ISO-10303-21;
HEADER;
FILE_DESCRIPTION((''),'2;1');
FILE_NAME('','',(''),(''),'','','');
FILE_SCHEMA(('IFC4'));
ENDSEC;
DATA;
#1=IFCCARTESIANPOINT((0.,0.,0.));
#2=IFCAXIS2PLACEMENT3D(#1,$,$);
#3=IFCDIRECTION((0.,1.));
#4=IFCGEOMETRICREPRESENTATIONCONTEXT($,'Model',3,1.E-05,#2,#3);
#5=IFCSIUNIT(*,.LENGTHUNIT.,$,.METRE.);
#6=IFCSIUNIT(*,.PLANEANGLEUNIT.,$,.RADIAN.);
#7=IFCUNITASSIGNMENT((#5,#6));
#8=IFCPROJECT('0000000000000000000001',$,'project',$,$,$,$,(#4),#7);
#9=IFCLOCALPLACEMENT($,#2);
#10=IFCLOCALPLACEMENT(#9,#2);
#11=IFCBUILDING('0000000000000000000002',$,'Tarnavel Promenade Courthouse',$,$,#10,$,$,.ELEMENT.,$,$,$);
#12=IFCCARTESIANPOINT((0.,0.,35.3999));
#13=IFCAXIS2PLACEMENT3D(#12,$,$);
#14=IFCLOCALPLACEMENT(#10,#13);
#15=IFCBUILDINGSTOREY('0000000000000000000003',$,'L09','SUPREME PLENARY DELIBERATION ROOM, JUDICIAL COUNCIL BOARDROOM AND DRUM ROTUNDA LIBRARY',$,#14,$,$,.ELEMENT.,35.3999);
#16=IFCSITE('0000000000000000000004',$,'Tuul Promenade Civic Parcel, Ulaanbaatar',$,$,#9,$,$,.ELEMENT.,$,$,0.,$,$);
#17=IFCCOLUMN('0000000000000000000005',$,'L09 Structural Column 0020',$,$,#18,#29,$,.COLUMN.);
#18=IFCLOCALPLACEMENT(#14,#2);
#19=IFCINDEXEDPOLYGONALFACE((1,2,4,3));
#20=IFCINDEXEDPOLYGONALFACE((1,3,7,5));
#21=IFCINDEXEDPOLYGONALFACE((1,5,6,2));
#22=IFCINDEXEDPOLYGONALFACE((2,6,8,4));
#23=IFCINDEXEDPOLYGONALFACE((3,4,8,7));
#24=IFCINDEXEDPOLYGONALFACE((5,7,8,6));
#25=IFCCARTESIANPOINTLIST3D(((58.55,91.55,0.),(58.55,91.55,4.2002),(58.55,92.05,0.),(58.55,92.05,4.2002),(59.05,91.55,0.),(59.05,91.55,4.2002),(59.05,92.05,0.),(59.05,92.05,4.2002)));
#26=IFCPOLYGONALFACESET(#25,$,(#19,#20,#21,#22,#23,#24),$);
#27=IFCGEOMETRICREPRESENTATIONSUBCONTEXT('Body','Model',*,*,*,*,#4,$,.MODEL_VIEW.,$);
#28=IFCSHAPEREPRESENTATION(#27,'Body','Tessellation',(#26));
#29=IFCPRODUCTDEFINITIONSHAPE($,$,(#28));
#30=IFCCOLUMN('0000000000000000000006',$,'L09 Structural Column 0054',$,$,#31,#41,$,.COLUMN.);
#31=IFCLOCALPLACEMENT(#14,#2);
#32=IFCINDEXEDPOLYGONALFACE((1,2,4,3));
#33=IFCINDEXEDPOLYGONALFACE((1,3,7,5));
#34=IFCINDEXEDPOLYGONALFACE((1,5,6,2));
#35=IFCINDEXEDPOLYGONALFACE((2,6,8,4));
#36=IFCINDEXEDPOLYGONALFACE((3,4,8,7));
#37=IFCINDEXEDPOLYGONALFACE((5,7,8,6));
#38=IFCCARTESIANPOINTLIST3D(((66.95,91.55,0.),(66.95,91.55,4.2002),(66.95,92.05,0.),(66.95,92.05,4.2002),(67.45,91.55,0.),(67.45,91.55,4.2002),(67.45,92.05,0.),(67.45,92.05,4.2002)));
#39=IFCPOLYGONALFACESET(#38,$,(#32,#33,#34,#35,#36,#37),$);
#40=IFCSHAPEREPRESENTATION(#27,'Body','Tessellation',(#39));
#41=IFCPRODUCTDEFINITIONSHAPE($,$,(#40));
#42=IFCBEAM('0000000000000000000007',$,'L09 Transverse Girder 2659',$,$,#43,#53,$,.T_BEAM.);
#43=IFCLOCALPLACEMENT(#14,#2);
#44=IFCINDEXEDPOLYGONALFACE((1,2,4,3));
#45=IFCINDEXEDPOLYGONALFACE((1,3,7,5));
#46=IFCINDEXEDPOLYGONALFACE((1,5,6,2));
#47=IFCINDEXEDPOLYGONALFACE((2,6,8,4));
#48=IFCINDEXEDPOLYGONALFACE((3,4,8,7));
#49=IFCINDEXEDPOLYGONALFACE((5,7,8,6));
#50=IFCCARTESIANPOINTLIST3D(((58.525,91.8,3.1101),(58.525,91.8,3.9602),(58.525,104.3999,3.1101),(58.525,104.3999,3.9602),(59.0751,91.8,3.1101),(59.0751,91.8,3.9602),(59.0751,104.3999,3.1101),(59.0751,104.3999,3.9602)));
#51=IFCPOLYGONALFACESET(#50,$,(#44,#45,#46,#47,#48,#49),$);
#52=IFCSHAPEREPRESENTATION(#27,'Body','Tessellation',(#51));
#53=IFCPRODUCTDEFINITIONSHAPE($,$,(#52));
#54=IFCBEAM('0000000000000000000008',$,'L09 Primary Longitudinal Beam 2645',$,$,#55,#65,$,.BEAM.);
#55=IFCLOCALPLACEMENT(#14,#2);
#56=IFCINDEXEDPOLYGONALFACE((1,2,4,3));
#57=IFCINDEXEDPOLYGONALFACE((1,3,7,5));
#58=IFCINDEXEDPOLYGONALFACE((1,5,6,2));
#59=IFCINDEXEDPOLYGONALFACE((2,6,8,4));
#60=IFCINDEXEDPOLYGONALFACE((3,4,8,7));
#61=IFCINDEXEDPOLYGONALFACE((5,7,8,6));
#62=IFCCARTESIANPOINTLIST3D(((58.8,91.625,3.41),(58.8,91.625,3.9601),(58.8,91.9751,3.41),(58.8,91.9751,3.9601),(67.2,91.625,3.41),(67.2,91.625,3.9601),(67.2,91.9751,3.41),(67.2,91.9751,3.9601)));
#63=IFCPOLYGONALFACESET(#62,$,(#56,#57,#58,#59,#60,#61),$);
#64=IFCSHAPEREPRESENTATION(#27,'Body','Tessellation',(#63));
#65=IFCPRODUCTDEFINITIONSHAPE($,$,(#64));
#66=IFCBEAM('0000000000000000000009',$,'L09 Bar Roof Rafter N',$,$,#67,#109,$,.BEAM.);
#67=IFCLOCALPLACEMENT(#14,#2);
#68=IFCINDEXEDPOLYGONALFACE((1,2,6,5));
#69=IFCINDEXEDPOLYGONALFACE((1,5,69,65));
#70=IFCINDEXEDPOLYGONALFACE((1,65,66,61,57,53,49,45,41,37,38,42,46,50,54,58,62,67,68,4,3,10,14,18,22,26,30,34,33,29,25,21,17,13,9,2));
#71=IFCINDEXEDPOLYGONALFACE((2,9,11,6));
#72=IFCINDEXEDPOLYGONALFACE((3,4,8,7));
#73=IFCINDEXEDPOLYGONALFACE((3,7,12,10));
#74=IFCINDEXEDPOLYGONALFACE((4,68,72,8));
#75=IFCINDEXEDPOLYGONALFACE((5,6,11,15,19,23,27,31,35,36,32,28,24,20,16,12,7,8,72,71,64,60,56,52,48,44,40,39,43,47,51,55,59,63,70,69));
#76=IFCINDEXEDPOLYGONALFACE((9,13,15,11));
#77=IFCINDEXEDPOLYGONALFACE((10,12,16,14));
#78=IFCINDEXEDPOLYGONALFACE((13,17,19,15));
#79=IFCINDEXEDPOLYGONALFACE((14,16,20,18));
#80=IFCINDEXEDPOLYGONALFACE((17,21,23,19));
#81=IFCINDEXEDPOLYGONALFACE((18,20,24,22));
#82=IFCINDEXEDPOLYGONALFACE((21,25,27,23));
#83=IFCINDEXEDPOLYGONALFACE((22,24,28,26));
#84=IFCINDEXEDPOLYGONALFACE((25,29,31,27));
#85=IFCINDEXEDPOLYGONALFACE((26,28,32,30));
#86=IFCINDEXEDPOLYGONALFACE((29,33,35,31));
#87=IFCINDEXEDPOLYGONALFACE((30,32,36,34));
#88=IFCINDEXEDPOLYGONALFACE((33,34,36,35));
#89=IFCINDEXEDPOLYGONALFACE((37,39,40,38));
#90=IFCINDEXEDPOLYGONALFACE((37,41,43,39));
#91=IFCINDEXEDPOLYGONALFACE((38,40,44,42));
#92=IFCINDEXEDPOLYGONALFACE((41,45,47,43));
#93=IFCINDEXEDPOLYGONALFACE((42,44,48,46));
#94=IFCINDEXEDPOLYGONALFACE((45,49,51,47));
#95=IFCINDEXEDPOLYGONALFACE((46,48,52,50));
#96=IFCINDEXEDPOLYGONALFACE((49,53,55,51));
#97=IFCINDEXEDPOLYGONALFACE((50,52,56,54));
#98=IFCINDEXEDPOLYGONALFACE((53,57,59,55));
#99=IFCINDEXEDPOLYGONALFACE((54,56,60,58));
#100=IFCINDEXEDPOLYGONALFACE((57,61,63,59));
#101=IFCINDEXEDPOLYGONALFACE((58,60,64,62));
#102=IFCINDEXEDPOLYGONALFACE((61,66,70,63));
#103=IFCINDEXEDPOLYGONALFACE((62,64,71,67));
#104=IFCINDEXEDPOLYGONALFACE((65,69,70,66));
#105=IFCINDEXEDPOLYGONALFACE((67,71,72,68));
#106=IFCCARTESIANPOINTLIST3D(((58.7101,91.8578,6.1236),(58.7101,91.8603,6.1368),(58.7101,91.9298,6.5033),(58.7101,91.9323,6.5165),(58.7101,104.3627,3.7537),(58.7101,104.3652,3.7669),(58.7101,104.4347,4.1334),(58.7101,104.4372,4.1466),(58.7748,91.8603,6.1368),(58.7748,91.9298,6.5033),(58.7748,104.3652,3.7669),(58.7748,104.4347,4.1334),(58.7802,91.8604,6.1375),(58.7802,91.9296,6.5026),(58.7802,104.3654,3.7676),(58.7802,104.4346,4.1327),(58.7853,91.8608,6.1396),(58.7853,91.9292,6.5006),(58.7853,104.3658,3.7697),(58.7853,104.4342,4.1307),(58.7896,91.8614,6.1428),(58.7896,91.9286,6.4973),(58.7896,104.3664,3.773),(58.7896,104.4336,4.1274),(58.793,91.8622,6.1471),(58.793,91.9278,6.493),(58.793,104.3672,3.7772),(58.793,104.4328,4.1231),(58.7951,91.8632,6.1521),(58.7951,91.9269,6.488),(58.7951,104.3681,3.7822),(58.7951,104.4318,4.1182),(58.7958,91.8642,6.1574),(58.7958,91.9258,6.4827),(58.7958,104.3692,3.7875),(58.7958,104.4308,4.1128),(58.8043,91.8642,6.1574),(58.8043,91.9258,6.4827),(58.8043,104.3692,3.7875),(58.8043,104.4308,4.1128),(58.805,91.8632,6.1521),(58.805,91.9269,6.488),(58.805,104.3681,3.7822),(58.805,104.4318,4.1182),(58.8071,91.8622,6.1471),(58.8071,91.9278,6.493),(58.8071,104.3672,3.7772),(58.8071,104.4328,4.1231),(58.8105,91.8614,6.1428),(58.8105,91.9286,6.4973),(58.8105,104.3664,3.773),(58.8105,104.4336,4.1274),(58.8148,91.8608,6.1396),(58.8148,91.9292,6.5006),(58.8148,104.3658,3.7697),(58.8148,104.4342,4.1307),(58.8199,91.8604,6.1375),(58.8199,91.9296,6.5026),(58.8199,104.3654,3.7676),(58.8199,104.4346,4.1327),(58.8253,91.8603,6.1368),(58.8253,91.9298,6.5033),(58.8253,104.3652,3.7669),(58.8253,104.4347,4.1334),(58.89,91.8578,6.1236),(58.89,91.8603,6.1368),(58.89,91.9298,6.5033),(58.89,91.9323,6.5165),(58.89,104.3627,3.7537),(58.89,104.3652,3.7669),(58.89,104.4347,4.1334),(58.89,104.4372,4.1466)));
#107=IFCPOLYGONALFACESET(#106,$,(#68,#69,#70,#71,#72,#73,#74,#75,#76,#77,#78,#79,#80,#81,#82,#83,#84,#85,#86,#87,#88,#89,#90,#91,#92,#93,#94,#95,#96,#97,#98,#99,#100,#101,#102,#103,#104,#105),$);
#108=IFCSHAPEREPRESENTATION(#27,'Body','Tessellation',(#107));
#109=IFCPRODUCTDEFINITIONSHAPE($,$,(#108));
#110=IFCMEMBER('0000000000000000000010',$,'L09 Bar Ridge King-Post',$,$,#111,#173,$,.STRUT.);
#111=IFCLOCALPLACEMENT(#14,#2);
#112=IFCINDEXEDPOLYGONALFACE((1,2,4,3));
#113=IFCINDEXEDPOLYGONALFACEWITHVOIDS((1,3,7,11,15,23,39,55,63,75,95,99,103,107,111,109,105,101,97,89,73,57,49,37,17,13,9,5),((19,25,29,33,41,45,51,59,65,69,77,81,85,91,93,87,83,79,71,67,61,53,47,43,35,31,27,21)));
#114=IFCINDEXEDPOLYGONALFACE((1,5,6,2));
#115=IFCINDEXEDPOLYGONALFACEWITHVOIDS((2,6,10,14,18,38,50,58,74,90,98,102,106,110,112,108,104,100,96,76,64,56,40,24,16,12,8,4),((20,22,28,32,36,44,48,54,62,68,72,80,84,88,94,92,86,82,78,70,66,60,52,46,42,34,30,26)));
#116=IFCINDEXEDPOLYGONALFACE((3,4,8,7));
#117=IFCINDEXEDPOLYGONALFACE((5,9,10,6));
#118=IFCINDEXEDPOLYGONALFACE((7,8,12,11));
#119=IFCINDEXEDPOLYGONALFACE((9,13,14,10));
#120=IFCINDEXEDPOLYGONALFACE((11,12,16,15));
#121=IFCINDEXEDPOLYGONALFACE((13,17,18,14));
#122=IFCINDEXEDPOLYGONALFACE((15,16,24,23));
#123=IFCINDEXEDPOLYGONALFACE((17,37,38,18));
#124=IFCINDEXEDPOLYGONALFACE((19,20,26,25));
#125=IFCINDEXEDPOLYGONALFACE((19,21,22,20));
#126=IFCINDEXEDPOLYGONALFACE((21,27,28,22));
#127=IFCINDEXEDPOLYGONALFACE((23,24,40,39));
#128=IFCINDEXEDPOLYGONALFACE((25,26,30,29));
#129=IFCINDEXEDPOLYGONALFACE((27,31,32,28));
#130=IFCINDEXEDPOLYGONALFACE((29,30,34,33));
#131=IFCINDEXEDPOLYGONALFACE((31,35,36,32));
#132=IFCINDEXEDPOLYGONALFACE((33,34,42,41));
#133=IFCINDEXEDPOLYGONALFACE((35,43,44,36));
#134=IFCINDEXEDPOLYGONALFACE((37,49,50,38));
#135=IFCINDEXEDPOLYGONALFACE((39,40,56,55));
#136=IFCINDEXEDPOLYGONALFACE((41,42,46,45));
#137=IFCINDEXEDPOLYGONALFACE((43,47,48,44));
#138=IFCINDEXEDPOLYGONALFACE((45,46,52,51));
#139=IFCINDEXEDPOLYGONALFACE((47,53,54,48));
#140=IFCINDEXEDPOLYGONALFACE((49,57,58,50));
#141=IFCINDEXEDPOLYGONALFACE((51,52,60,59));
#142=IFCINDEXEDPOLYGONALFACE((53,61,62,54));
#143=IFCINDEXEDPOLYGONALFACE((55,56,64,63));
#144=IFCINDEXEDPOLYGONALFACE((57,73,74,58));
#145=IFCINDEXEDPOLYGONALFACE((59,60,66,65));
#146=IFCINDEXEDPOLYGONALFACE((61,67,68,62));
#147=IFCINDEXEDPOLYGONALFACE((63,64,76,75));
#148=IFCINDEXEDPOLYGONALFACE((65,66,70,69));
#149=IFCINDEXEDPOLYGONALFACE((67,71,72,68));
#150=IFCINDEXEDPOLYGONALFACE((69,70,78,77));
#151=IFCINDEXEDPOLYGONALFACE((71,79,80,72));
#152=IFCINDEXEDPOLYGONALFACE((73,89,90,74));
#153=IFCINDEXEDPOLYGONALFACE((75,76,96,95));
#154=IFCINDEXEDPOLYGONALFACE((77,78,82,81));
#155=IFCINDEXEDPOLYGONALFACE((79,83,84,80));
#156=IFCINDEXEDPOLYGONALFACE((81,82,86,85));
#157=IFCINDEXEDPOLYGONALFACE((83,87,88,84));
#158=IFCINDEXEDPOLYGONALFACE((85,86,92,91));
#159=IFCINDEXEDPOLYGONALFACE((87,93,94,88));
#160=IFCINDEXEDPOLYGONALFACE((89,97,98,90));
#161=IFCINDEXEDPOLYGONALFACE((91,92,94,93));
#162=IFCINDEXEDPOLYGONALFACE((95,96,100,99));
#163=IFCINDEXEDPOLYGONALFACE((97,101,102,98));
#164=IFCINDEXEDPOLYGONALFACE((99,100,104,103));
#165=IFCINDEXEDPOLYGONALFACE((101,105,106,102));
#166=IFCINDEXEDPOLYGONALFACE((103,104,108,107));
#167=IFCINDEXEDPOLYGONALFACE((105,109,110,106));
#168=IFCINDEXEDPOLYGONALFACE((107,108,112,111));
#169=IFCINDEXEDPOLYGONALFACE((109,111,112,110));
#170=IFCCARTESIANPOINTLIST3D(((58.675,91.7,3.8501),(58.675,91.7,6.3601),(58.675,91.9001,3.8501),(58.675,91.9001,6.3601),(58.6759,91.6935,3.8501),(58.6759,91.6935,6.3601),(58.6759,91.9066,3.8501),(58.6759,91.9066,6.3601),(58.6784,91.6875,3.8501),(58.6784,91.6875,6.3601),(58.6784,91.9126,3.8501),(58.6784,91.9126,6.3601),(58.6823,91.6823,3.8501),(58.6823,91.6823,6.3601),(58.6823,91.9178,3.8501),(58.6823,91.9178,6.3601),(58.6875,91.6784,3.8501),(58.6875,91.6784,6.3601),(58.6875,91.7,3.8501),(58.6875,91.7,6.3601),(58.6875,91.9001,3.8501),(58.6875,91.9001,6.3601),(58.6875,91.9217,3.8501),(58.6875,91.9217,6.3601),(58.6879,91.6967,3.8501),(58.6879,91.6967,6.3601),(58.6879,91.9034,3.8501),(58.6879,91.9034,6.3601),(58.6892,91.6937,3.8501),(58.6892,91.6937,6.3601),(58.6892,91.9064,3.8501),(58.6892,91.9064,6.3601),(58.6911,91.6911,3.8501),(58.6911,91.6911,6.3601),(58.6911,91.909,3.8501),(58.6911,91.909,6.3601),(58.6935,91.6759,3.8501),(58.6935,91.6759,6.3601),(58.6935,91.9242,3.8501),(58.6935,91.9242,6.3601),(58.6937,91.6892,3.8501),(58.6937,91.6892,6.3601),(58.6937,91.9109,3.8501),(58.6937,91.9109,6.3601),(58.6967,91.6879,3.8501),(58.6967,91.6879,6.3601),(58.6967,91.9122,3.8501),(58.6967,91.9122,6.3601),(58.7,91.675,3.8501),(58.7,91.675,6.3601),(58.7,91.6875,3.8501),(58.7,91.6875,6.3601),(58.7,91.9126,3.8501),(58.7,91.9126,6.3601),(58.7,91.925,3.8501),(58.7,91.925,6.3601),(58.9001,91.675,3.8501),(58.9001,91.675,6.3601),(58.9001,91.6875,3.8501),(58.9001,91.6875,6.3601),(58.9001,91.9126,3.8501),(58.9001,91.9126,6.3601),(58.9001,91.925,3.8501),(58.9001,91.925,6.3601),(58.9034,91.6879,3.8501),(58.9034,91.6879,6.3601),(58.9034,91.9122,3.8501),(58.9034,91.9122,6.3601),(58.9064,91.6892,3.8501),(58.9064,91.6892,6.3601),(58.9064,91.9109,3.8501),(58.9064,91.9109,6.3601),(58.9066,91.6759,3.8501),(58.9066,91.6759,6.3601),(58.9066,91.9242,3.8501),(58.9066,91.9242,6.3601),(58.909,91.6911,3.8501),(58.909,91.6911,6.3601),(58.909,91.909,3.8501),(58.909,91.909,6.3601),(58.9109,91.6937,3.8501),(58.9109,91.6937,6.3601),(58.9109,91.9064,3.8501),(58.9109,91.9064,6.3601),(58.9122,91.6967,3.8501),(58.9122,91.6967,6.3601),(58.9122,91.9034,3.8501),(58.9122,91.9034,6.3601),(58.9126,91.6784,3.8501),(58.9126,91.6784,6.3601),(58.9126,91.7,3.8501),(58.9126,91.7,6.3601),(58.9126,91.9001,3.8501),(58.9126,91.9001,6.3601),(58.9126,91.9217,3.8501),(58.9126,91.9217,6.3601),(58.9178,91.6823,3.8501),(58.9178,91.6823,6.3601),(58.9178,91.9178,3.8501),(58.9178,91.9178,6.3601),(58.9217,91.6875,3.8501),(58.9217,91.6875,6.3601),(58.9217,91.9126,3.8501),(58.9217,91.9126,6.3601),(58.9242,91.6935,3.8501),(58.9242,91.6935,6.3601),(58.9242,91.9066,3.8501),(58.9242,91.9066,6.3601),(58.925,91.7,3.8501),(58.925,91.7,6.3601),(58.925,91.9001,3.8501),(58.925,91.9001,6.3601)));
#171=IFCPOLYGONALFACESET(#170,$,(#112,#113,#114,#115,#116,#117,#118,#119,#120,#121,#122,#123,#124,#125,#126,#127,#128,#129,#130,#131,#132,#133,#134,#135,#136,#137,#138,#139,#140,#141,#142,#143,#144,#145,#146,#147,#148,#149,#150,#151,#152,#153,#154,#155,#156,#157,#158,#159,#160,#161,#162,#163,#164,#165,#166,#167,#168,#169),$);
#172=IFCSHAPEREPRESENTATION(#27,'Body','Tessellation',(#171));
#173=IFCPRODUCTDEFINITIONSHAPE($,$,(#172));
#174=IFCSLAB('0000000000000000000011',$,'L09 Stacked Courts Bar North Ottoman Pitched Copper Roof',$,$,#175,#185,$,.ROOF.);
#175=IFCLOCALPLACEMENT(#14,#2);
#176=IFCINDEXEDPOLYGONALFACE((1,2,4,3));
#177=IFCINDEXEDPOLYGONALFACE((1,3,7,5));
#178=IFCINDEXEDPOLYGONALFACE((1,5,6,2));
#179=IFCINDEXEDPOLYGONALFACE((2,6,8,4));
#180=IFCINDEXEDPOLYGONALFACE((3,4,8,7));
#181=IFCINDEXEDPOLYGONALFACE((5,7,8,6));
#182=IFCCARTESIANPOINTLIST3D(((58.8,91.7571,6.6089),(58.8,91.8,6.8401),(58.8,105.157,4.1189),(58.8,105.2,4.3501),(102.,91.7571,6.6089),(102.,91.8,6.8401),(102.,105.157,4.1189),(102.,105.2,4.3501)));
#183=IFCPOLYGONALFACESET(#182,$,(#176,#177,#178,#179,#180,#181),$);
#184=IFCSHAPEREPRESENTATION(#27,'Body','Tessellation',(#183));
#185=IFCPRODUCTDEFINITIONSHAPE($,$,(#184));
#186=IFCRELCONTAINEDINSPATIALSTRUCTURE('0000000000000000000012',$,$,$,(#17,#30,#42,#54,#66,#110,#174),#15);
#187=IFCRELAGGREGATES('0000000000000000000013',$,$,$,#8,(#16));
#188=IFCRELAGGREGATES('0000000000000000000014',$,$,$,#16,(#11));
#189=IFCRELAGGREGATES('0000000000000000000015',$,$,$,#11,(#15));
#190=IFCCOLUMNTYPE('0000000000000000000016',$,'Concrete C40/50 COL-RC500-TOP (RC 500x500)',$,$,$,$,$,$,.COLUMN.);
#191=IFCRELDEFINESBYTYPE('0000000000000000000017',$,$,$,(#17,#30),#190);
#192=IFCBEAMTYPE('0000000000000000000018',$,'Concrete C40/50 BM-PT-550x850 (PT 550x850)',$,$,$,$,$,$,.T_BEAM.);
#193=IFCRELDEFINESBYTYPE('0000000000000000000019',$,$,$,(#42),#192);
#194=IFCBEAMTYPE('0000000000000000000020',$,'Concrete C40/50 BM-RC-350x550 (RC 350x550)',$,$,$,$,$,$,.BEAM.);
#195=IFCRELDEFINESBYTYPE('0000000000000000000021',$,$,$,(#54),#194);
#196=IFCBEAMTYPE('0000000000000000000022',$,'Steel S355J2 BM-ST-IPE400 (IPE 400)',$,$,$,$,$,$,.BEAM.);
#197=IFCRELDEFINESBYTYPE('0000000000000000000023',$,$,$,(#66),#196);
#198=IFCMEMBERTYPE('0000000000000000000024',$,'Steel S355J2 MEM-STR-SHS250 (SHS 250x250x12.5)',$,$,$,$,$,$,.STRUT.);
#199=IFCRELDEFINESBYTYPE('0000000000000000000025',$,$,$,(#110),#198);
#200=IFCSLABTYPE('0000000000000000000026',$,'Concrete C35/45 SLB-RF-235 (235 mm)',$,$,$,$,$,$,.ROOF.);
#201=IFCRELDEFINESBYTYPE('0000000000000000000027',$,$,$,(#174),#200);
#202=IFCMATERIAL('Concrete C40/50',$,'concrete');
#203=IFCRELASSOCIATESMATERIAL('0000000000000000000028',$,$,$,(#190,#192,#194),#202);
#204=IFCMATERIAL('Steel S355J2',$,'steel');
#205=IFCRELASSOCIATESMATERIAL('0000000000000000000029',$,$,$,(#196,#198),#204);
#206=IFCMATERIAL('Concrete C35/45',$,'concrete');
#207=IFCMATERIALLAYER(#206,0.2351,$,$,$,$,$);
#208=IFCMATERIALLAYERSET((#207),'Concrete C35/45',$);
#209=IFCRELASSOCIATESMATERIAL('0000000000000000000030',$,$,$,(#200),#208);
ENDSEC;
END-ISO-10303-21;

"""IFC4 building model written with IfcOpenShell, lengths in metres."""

from ifc_helpers import new_model, si_unit, direction, frame, origin, origin_2d, place, context, subcontext, project, spatial, polyline, rectangle, hollow_rectangle, i_section, outline, extrude, material, layer, layer_set, material_profile, profile_set, type_object, element, save


model = new_model("IFC4")

# Units and contexts
model_context = context("Model", 3, precision=1e-05, world=origin(), true_north=direction((0.0, 1.0)))
body_context = subcontext(model_context, "Body", "Model", "MODEL_VIEW")
ifc_project = project(units=[si_unit("LENGTHUNIT", "METRE"), si_unit("PLANEANGLEUNIT", "RADIAN")], contexts=[model_context])

# Site, building, storey
site_placement = place(None, origin())
site = spatial("IfcSite", under=ifc_project, at=site_placement, Name="Tuul Promenade Civic Parcel, Ulaanbaatar", CompositionType="ELEMENT", RefElevation=0.0)
building_placement = place(site_placement, origin())
building = spatial("IfcBuilding", under=site, at=building_placement, Name="Tarnavel Promenade Courthouse", CompositionType="ELEMENT")
storey_placement = place(building_placement, frame((0.0, 0.0, 35.3999)))
storey = spatial("IfcBuildingStorey", under=building, at=storey_placement, Name="L09", Description="SUPREME PLENARY DELIBERATION ROOM, JUDICIAL COUNCIL BOARDROOM AND DRUM ROTUNDA LIBRARY", CompositionType="ELEMENT", Elevation=35.3999)

# Columns
ifc_material_1 = material(Name="Concrete C40/50", Category="concrete")
ifc_material_profile_1 = material_profile(ifc_material_1, rectangle(XDim=0.5, YDim=0.5, at=origin_2d()), Name="RC 500x500")
ifc_profile_set_1 = profile_set([ifc_material_profile_1], Name="Concrete C40/50")
column_type = type_object("IfcColumnType", Name="Concrete C40/50 COL-RC500-TOP (RC 500x500)", PredefinedType="COLUMN", material=ifc_profile_set_1)
for number, where, z_axis, x_axis, name in (
    (1, (58.8, 91.8, 0.0), (0.0, 0.0, 1.0), (1.0, 0.0, 0.0), "L09 Structural Column 0020"),
    (2, (67.2, 91.8, 0.0), (0.0, 0.0, 1.0), (1.0, 0.0, 0.0), "L09 Structural Column 0054"),
):
    element("IfcColumn", number, at=place(storey_placement, frame(where, z_axis=z_axis, x_axis=x_axis)), inside=storey, type_object=column_type, Name=name, PredefinedType="COLUMN", context=body_context, shape_type="SweptSolid", body=[
        extrude(rectangle(XDim=0.5, YDim=0.5, at=origin_2d()), origin(), (0.0, 0.0, 1.0), 4.2002),
    ])

# Beams
ifc_material_profile_2 = material_profile(ifc_material_1, rectangle(XDim=0.55, YDim=0.8501, at=origin_2d()), Name="PT 550x850")
ifc_profile_set_2 = profile_set([ifc_material_profile_2], Name="Concrete C40/50")
beam_type_1 = type_object("IfcBeamType", Name="Concrete C40/50 BM-PT-550x850 (PT 550x850)", PredefinedType="T_BEAM", material=ifc_profile_set_2)
beam_1_placement = place(storey_placement, frame((58.8, 91.8, 3.5352), z_axis=(0.0, 1.0, 0.0), x_axis=(-1.0, 0.0, 0.0)))
element("IfcBeam", 3, at=beam_1_placement, inside=storey, type_object=beam_type_1, Name="L09 Transverse Girder 2659", PredefinedType="T_BEAM", context=body_context, shape_type="SweptSolid", body=[
    extrude(rectangle(XDim=0.55, YDim=0.8501, at=origin_2d()), origin(), (0.0, 0.0, 1.0), 12.5999),
])
ifc_material_profile_3 = material_profile(ifc_material_1, rectangle(XDim=0.3501, YDim=0.55, at=origin_2d()), Name="RC 350x550")
ifc_profile_set_3 = profile_set([ifc_material_profile_3], Name="Concrete C40/50")
beam_type_2 = type_object("IfcBeamType", Name="Concrete C40/50 BM-RC-350x550 (RC 350x550)", PredefinedType="BEAM", material=ifc_profile_set_3)
beam_2_placement = place(storey_placement, frame((58.8, 91.8, 3.6851), z_axis=(1.0, 0.0, 0.0), x_axis=(0.0, 1.0, 0.0)))
element("IfcBeam", 4, at=beam_2_placement, inside=storey, type_object=beam_type_2, Name="L09 Primary Longitudinal Beam 2645", PredefinedType="BEAM", context=body_context, shape_type="SweptSolid", body=[
    extrude(rectangle(XDim=0.3501, YDim=0.55, at=origin_2d()), origin(), (0.0, 0.0, 1.0), 8.3999),
])
ifc_material_2 = material(Name="Steel S355J2", Category="steel")
ifc_material_profile_4 = material_profile(ifc_material_2, i_section(OverallWidth=0.1799, OverallDepth=0.3999, WebThickness=0.0085, FlangeThickness=0.0134, FilletRadius=0.021, at=origin_2d()), Name="IPE 400")
ifc_profile_set_4 = profile_set([ifc_material_profile_4], Name="Steel S355J2")
beam_type_3 = type_object("IfcBeamType", Name="Steel S355J2 BM-ST-IPE400 (IPE 400)", PredefinedType="BEAM", material=ifc_profile_set_4)
beam_3_placement = place(storey_placement, frame((58.8, 91.895, 6.3201), z_axis=(0.0, 0.982512, -0.186201), x_axis=(-1.0, 0.0, 0.0)))
element("IfcBeam", 5, at=beam_3_placement, inside=storey, type_object=beam_type_3, Name="L09 Bar Roof Rafter N", PredefinedType="BEAM", context=body_context, shape_type="SweptSolid", body=[
    extrude(i_section(OverallWidth=0.1799, OverallDepth=0.3999, WebThickness=0.0085, FlangeThickness=0.0134, FilletRadius=0.021, at=origin_2d()), origin(), (0.0, 0.0, 1.0), 12.7275),
])

# Member
ifc_material_profile_5 = material_profile(ifc_material_2, hollow_rectangle(XDim=0.25, YDim=0.25, WallThickness=0.0125, InnerFilletRadius=0.0125, OuterFilletRadius=0.0249, at=origin_2d()), Name="SHS 250x250x12.5")
ifc_profile_set_5 = profile_set([ifc_material_profile_5], Name="Steel S355J2")
member_type = type_object("IfcMemberType", Name="Steel S355J2 MEM-STR-SHS250 (SHS 250x250x12.5)", PredefinedType="STRUT", material=ifc_profile_set_5)
member_placement = place(storey_placement, frame((58.8, 91.8, 3.8501), z_axis=(0.0, 0.0, 1.0), x_axis=(1.0, 0.0, 0.0)))
element("IfcMember", 6, at=member_placement, inside=storey, type_object=member_type, Name="L09 Bar Ridge King-Post", PredefinedType="STRUT", context=body_context, shape_type="SweptSolid", body=[
    extrude(hollow_rectangle(XDim=0.25, YDim=0.25, WallThickness=0.0125, InnerFilletRadius=0.0125, OuterFilletRadius=0.0249, at=origin_2d()), origin(), (0.0, 0.0, 1.0), 2.51),
])

# Slab
ifc_material_3 = material(Name="Concrete C35/45", Category="concrete")
ifc_layer_1 = layer(ifc_material_3, 0.2351)
ifc_layer_set_1 = layer_set([ifc_layer_1], Name="Concrete C35/45")
slab_type = type_object("IfcSlabType", Name="Concrete C35/45 SLB-RF-235 (235 mm)", PredefinedType="ROOF", material=ifc_layer_set_1)
slab_placement = place(storey_placement, frame((58.8, 91.8, 6.8401), z_axis=(0.0, 0.182694, 0.98317), x_axis=(1.0, 0.0, 0.0)))
element("IfcSlab", 7, at=slab_placement, inside=storey, type_object=slab_type, Name="L09 Stacked Courts Bar North Ottoman Pitched Copper Roof", PredefinedType="ROOF", context=body_context, shape_type="SweptSolid", body=[
    extrude(outline(polyline([(0.0, 0.0), (43.2, 0.0), (43.2, 13.6293), (0.0, 13.6293), (0.0, 0.0)])), origin(), (0.0, 0.0, -1.0), 0.2351),
])

save(model, "model.ifc")
